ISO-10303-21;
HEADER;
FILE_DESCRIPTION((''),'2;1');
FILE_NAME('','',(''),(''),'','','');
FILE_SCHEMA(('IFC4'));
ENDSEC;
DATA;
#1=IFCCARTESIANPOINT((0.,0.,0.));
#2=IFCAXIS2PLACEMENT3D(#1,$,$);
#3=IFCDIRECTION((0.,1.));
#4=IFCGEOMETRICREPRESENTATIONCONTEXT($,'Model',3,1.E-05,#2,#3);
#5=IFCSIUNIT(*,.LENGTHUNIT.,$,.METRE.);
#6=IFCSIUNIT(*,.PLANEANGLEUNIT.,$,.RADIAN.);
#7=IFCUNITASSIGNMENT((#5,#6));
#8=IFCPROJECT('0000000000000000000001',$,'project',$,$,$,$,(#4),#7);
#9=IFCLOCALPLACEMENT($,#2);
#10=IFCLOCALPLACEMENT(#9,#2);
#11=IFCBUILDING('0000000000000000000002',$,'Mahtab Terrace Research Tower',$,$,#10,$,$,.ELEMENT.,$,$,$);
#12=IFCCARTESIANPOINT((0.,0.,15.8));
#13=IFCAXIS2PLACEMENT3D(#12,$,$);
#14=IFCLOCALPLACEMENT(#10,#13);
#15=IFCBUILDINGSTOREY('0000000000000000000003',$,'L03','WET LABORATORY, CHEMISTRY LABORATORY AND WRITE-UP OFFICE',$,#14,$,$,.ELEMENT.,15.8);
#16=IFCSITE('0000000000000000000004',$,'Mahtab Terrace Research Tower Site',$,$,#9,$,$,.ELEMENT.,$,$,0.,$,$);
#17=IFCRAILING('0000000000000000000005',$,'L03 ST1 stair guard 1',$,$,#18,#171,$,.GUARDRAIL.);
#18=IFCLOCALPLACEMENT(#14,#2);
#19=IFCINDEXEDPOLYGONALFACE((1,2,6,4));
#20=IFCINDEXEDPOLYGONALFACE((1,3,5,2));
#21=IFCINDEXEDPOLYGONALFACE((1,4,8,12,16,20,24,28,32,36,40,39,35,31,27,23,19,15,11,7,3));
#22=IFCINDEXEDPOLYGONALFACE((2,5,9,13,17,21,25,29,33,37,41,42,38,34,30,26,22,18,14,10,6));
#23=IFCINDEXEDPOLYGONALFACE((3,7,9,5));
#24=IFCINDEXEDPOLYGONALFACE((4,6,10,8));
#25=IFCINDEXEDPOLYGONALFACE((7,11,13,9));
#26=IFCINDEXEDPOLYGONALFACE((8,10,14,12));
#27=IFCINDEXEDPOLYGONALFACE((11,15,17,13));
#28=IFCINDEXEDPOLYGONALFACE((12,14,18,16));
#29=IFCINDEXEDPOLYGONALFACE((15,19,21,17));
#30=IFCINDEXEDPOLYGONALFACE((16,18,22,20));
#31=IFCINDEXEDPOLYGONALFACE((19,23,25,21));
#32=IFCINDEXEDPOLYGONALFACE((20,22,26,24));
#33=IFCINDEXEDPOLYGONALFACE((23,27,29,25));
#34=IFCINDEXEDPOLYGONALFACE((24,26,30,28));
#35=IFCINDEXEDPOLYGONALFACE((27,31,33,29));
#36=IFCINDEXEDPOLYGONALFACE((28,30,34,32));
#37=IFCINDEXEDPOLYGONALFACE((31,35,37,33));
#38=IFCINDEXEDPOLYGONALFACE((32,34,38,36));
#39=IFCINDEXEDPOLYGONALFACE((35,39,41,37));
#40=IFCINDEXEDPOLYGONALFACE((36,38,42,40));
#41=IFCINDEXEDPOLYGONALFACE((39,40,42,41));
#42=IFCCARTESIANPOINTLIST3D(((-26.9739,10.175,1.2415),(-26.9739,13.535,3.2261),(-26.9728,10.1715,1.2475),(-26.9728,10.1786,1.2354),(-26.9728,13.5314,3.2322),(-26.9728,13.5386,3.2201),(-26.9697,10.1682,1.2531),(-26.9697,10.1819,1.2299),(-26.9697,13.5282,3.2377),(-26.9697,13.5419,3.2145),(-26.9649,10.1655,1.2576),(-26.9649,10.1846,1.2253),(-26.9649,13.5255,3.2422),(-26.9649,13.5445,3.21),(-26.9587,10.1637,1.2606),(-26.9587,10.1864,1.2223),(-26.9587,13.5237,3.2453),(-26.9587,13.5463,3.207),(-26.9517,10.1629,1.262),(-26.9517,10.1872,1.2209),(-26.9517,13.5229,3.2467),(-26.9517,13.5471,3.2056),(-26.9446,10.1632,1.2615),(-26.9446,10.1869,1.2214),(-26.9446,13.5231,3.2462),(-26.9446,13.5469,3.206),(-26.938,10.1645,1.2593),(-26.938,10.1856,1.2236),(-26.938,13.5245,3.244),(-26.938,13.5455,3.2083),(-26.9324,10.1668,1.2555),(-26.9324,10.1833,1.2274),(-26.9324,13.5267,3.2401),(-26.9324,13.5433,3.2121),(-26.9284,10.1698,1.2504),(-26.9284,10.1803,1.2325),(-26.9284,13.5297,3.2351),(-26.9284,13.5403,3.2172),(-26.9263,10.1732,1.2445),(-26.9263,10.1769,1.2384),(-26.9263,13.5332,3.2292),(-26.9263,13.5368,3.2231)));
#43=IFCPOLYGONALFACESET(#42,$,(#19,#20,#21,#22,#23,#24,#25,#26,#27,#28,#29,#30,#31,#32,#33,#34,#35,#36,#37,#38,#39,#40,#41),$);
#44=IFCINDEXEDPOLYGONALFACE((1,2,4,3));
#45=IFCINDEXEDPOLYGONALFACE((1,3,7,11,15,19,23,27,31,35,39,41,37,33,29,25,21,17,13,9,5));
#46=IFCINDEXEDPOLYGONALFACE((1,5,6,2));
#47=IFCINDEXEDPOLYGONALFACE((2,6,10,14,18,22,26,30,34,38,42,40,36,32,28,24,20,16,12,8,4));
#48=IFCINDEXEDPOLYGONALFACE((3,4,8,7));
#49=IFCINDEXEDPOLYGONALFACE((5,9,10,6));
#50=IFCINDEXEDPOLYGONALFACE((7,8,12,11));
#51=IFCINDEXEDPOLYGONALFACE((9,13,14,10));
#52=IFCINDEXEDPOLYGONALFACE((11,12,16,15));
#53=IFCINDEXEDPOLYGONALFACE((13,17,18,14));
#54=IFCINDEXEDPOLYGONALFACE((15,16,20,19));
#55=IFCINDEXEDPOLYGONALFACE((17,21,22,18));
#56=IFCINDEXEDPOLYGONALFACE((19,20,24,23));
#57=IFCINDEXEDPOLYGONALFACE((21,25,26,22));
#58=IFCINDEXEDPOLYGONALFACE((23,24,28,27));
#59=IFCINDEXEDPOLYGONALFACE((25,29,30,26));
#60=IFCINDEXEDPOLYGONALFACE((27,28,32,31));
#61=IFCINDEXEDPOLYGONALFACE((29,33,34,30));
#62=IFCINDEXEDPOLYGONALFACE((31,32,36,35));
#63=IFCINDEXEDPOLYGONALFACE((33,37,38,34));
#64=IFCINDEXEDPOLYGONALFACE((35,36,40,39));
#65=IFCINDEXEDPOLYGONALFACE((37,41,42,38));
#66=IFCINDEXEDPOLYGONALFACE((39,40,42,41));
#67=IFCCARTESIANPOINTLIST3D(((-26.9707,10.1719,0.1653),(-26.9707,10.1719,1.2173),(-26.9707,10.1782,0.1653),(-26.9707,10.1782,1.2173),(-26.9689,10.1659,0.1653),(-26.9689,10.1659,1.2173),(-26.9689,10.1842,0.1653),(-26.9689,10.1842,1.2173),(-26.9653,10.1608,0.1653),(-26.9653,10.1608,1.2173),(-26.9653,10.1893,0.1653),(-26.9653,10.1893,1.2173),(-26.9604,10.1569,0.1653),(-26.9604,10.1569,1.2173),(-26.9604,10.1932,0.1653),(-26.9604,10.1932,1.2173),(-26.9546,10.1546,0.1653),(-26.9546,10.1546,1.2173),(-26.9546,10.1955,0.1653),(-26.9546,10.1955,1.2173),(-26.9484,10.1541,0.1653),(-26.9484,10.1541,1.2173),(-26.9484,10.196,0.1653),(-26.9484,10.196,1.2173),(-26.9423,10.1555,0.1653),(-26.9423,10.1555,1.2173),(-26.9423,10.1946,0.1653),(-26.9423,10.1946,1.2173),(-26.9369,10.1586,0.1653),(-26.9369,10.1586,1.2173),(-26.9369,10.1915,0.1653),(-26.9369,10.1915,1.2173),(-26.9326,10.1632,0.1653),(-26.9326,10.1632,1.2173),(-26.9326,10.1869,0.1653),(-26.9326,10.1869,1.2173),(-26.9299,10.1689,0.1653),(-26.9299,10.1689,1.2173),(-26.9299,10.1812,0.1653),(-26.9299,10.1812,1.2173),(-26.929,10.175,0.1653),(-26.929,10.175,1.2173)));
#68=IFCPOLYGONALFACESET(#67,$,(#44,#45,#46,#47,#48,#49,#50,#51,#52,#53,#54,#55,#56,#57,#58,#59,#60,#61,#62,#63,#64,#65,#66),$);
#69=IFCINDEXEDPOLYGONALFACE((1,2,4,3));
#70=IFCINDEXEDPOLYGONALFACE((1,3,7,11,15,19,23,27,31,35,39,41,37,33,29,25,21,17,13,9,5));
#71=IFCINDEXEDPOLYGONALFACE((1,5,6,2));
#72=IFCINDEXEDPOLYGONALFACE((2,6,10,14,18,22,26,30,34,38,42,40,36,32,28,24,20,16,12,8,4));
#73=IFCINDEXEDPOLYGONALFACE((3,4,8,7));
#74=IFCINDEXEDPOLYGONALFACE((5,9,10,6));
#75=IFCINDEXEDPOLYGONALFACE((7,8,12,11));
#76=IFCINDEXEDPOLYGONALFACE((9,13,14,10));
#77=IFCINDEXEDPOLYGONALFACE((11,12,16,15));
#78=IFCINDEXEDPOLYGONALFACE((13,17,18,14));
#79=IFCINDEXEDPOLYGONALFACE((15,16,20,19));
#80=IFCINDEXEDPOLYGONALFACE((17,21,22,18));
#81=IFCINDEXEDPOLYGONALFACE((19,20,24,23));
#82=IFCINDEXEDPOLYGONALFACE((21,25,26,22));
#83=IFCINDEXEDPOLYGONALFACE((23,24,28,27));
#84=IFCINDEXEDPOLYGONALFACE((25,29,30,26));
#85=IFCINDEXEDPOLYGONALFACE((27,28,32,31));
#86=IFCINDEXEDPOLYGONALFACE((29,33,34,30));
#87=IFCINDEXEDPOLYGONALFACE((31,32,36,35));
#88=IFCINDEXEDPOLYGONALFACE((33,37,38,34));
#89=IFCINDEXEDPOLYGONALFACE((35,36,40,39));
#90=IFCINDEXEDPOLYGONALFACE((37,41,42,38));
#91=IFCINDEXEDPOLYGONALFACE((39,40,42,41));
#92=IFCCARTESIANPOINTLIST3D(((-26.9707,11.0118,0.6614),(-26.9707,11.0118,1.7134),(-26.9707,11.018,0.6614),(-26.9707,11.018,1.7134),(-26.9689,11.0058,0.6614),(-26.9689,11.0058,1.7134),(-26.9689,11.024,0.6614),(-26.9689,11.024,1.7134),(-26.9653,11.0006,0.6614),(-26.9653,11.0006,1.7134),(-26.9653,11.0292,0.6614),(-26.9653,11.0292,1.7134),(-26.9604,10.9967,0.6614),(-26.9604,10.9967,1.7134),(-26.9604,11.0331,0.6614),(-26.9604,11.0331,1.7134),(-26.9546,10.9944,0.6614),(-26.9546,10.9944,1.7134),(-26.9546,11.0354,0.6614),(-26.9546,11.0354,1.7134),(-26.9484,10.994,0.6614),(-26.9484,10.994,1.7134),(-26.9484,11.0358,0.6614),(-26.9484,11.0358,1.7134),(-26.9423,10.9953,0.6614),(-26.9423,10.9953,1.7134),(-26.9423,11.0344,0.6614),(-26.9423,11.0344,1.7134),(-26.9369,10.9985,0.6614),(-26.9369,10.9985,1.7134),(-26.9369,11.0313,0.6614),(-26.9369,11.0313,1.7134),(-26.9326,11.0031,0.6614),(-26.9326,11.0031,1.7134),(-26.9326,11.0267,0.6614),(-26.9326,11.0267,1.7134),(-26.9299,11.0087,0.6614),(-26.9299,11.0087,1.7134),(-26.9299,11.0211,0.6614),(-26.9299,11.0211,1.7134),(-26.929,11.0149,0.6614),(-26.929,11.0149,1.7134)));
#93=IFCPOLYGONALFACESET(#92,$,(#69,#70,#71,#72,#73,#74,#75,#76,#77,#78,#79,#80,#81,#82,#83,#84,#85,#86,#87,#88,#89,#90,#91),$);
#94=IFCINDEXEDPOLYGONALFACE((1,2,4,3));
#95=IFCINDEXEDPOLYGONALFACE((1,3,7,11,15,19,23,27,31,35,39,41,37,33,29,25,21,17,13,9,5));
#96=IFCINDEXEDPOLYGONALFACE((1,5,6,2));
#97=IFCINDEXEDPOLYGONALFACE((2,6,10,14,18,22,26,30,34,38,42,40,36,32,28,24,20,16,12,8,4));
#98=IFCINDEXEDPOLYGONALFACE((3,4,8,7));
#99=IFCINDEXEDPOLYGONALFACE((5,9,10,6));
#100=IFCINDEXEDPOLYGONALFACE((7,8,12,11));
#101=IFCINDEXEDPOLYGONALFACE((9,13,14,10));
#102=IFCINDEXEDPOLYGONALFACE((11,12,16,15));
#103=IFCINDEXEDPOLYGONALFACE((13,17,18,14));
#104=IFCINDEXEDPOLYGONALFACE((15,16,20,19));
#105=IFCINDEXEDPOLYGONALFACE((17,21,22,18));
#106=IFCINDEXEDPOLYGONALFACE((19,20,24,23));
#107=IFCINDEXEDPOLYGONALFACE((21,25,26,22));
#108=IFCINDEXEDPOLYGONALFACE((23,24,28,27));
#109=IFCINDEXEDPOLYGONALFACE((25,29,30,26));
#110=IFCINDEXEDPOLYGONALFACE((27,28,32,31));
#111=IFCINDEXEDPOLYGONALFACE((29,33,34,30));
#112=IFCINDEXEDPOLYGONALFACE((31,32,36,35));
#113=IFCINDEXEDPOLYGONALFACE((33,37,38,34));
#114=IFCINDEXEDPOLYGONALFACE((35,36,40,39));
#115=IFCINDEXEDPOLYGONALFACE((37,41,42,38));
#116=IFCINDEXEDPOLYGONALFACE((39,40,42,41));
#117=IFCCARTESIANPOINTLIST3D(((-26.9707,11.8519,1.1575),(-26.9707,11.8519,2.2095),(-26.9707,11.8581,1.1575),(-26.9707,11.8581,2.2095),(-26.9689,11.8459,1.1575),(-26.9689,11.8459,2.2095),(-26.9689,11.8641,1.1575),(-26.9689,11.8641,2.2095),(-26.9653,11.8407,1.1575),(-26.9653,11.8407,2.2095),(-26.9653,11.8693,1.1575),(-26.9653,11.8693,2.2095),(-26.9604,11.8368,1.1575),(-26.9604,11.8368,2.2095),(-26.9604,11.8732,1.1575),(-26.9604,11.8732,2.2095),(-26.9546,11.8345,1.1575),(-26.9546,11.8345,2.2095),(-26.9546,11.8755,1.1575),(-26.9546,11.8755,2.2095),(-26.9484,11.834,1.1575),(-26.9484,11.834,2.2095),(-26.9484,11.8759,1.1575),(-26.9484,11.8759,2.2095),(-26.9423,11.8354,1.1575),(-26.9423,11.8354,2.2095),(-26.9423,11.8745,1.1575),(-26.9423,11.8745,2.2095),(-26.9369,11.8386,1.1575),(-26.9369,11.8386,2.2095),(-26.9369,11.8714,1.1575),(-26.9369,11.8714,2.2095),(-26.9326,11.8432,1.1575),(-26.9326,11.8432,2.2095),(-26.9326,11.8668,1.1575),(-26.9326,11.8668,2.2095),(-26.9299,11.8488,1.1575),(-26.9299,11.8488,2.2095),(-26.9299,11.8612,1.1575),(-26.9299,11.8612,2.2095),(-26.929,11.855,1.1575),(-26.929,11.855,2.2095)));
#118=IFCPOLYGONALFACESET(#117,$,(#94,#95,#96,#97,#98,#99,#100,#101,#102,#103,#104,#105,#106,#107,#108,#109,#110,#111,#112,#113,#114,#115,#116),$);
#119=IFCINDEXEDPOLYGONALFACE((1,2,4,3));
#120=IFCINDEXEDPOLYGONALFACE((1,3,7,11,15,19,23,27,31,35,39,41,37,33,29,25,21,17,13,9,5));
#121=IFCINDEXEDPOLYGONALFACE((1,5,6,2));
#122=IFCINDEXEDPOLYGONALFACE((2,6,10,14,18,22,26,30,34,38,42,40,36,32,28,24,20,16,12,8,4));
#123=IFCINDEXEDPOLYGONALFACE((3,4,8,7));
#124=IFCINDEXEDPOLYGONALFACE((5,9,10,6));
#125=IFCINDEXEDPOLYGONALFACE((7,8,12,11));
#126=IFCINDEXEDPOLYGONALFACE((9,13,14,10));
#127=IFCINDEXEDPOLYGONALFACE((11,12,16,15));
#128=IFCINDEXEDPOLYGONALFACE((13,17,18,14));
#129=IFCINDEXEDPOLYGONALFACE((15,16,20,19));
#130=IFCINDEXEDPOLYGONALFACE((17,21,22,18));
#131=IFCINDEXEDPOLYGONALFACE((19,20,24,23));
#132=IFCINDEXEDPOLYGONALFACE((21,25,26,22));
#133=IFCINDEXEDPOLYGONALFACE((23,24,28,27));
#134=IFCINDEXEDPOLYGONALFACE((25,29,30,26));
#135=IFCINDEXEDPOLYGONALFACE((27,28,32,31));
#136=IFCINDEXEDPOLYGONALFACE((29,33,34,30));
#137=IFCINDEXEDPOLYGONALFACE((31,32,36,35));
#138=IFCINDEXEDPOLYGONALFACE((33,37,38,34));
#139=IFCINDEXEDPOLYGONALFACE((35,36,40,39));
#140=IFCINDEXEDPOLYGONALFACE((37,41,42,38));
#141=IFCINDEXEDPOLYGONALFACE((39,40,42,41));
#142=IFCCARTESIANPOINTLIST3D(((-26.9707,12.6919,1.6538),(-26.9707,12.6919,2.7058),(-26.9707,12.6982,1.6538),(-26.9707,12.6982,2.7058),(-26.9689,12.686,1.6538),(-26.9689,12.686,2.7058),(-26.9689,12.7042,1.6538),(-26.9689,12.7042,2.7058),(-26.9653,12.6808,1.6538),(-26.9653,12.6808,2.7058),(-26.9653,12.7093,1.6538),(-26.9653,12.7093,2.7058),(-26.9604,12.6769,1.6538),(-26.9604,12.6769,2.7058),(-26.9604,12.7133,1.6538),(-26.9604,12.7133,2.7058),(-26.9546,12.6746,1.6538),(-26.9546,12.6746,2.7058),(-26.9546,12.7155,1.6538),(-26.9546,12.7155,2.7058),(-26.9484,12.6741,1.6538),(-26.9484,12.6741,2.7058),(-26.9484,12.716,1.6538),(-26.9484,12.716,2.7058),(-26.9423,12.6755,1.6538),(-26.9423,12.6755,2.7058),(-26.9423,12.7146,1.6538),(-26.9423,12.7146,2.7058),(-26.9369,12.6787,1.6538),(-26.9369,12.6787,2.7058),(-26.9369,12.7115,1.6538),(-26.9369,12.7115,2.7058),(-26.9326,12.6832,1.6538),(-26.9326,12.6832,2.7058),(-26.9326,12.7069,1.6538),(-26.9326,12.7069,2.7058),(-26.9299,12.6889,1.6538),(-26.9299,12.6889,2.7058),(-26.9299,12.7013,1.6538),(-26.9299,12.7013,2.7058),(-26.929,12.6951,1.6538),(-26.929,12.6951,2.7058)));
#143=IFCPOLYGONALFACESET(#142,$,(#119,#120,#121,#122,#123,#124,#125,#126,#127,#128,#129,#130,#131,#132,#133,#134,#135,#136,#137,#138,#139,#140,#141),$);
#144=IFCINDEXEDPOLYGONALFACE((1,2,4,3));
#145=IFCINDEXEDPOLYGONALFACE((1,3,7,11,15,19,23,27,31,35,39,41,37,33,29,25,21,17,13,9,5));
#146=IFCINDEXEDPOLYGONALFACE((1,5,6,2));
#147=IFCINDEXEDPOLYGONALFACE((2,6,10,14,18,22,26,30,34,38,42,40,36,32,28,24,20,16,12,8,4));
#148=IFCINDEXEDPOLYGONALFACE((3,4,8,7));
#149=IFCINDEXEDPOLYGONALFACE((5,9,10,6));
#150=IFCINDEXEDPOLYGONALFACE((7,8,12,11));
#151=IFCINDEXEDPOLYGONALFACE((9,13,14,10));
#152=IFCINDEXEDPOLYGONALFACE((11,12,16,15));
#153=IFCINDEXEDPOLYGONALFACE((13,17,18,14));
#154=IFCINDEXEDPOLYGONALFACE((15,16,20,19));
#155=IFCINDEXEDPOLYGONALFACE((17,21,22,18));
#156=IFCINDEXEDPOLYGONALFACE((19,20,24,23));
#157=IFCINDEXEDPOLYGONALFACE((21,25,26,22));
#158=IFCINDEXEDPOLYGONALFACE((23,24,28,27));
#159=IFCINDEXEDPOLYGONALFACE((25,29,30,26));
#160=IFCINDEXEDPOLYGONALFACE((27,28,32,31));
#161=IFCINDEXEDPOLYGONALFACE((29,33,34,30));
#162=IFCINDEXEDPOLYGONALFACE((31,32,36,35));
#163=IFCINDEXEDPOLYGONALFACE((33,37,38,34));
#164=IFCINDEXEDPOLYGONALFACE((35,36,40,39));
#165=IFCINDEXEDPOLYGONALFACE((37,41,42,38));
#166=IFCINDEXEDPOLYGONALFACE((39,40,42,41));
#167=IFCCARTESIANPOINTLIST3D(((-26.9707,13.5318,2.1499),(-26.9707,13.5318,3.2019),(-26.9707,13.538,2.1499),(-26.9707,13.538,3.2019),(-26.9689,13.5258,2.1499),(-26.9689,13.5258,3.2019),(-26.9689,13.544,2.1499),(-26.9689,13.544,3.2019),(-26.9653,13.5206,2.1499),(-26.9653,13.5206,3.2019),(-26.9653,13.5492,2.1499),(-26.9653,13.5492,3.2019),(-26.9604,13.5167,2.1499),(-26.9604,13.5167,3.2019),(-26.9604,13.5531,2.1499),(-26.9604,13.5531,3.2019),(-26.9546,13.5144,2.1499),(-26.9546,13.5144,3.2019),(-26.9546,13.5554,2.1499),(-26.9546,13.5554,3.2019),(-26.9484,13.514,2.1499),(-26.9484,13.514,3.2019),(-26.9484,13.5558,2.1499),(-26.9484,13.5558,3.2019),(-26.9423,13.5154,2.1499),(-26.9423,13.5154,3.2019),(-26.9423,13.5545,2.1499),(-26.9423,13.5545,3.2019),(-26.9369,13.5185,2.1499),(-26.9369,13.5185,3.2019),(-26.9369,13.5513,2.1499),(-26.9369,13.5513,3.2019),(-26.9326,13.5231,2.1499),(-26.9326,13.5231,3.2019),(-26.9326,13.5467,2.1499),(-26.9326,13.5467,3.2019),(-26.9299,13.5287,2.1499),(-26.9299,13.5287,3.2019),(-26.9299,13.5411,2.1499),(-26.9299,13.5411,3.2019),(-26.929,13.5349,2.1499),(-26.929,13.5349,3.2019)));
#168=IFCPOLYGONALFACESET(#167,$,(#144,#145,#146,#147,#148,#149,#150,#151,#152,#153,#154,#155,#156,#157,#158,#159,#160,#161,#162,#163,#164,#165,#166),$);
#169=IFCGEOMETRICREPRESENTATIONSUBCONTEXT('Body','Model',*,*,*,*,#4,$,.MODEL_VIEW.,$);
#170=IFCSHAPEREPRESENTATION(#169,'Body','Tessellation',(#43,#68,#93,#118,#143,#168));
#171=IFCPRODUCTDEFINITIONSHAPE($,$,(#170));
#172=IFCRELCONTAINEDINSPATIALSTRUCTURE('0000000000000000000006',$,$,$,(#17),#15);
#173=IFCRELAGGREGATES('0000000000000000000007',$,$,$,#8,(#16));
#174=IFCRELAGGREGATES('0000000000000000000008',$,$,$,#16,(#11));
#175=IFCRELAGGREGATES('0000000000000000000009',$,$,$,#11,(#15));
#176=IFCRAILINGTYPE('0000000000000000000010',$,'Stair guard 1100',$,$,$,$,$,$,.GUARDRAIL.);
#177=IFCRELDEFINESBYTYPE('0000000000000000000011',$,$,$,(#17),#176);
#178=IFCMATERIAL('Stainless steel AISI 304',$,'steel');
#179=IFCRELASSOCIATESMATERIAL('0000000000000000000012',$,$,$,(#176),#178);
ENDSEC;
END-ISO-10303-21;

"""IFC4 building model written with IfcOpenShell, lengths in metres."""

from ifc_helpers import new_model, si_unit, direction, frame, origin, origin_2d, place, context, subcontext, project, spatial, circle, extrude, material, type_object, element, save


model = new_model("IFC4")

# Units and contexts
model_context = context("Model", 3, precision=1e-05, world=origin(), true_north=direction((0.0, 1.0)))
body_context = subcontext(model_context, "Body", "Model", "MODEL_VIEW")
ifc_project = project(units=[si_unit("LENGTHUNIT", "METRE"), si_unit("PLANEANGLEUNIT", "RADIAN")], contexts=[model_context])

# Site, building, storey
site_placement = place(None, origin())
site = spatial("IfcSite", under=ifc_project, at=site_placement, Name="Mahtab Terrace Research Tower Site", CompositionType="ELEMENT", RefElevation=0.0)
building_placement = place(site_placement, origin())
building = spatial("IfcBuilding", under=site, at=building_placement, Name="Mahtab Terrace Research Tower", CompositionType="ELEMENT")
storey_placement = place(building_placement, frame((0.0, 0.0, 15.8)))
storey = spatial("IfcBuildingStorey", under=building, at=storey_placement, Name="L03", Description="WET LABORATORY, CHEMISTRY LABORATORY AND WRITE-UP OFFICE", CompositionType="ELEMENT", Elevation=15.8)

# Railing
ifc_material_1 = material(Name="Stainless steel AISI 304", Category="steel")
railing_type_1 = type_object("IfcRailingType", Name="Stair guard 1100", PredefinedType="GUARDRAIL", material=ifc_material_1)
railing_1_placement = place(storey_placement, frame((-26.95, 10.175, 0.1653)))
element("IfcRailing", 1, at=railing_1_placement, inside=storey, type_object=railing_type_1, Name="L03 ST1 stair guard 1", PredefinedType="GUARDRAIL", context=body_context, shape_type="SweptSolid", body=[
    extrude(circle(Radius=0.0239, at=origin_2d()), frame((0.0, 0.0, 1.0762), z_axis=(0.0, 0.861011, 0.508586), x_axis=(-1.0, 0.0, 0.0)), (0.0, 0.0, 1.0), 3.9023),
    extrude(circle(Radius=0.021, at=origin_2d()), origin(), (0.0, 0.0, 1.0), 1.052),
    extrude(circle(Radius=0.021, at=origin_2d()), frame((0.0, 0.8398, 0.4961)), (0.0, 0.0, 1.0), 1.052),
    extrude(circle(Radius=0.021, at=origin_2d()), frame((0.0, 1.6799, 0.9922)), (0.0, 0.0, 1.0), 1.052),
    extrude(circle(Radius=0.021, at=origin_2d()), frame((0.0, 2.52, 1.4885)), (0.0, 0.0, 1.0), 1.052),
    extrude(circle(Radius=0.021, at=origin_2d()), frame((0.0, 3.3599, 1.9846)), (0.0, 0.0, 1.0), 1.052),
])

save(model, "model.ifc")
